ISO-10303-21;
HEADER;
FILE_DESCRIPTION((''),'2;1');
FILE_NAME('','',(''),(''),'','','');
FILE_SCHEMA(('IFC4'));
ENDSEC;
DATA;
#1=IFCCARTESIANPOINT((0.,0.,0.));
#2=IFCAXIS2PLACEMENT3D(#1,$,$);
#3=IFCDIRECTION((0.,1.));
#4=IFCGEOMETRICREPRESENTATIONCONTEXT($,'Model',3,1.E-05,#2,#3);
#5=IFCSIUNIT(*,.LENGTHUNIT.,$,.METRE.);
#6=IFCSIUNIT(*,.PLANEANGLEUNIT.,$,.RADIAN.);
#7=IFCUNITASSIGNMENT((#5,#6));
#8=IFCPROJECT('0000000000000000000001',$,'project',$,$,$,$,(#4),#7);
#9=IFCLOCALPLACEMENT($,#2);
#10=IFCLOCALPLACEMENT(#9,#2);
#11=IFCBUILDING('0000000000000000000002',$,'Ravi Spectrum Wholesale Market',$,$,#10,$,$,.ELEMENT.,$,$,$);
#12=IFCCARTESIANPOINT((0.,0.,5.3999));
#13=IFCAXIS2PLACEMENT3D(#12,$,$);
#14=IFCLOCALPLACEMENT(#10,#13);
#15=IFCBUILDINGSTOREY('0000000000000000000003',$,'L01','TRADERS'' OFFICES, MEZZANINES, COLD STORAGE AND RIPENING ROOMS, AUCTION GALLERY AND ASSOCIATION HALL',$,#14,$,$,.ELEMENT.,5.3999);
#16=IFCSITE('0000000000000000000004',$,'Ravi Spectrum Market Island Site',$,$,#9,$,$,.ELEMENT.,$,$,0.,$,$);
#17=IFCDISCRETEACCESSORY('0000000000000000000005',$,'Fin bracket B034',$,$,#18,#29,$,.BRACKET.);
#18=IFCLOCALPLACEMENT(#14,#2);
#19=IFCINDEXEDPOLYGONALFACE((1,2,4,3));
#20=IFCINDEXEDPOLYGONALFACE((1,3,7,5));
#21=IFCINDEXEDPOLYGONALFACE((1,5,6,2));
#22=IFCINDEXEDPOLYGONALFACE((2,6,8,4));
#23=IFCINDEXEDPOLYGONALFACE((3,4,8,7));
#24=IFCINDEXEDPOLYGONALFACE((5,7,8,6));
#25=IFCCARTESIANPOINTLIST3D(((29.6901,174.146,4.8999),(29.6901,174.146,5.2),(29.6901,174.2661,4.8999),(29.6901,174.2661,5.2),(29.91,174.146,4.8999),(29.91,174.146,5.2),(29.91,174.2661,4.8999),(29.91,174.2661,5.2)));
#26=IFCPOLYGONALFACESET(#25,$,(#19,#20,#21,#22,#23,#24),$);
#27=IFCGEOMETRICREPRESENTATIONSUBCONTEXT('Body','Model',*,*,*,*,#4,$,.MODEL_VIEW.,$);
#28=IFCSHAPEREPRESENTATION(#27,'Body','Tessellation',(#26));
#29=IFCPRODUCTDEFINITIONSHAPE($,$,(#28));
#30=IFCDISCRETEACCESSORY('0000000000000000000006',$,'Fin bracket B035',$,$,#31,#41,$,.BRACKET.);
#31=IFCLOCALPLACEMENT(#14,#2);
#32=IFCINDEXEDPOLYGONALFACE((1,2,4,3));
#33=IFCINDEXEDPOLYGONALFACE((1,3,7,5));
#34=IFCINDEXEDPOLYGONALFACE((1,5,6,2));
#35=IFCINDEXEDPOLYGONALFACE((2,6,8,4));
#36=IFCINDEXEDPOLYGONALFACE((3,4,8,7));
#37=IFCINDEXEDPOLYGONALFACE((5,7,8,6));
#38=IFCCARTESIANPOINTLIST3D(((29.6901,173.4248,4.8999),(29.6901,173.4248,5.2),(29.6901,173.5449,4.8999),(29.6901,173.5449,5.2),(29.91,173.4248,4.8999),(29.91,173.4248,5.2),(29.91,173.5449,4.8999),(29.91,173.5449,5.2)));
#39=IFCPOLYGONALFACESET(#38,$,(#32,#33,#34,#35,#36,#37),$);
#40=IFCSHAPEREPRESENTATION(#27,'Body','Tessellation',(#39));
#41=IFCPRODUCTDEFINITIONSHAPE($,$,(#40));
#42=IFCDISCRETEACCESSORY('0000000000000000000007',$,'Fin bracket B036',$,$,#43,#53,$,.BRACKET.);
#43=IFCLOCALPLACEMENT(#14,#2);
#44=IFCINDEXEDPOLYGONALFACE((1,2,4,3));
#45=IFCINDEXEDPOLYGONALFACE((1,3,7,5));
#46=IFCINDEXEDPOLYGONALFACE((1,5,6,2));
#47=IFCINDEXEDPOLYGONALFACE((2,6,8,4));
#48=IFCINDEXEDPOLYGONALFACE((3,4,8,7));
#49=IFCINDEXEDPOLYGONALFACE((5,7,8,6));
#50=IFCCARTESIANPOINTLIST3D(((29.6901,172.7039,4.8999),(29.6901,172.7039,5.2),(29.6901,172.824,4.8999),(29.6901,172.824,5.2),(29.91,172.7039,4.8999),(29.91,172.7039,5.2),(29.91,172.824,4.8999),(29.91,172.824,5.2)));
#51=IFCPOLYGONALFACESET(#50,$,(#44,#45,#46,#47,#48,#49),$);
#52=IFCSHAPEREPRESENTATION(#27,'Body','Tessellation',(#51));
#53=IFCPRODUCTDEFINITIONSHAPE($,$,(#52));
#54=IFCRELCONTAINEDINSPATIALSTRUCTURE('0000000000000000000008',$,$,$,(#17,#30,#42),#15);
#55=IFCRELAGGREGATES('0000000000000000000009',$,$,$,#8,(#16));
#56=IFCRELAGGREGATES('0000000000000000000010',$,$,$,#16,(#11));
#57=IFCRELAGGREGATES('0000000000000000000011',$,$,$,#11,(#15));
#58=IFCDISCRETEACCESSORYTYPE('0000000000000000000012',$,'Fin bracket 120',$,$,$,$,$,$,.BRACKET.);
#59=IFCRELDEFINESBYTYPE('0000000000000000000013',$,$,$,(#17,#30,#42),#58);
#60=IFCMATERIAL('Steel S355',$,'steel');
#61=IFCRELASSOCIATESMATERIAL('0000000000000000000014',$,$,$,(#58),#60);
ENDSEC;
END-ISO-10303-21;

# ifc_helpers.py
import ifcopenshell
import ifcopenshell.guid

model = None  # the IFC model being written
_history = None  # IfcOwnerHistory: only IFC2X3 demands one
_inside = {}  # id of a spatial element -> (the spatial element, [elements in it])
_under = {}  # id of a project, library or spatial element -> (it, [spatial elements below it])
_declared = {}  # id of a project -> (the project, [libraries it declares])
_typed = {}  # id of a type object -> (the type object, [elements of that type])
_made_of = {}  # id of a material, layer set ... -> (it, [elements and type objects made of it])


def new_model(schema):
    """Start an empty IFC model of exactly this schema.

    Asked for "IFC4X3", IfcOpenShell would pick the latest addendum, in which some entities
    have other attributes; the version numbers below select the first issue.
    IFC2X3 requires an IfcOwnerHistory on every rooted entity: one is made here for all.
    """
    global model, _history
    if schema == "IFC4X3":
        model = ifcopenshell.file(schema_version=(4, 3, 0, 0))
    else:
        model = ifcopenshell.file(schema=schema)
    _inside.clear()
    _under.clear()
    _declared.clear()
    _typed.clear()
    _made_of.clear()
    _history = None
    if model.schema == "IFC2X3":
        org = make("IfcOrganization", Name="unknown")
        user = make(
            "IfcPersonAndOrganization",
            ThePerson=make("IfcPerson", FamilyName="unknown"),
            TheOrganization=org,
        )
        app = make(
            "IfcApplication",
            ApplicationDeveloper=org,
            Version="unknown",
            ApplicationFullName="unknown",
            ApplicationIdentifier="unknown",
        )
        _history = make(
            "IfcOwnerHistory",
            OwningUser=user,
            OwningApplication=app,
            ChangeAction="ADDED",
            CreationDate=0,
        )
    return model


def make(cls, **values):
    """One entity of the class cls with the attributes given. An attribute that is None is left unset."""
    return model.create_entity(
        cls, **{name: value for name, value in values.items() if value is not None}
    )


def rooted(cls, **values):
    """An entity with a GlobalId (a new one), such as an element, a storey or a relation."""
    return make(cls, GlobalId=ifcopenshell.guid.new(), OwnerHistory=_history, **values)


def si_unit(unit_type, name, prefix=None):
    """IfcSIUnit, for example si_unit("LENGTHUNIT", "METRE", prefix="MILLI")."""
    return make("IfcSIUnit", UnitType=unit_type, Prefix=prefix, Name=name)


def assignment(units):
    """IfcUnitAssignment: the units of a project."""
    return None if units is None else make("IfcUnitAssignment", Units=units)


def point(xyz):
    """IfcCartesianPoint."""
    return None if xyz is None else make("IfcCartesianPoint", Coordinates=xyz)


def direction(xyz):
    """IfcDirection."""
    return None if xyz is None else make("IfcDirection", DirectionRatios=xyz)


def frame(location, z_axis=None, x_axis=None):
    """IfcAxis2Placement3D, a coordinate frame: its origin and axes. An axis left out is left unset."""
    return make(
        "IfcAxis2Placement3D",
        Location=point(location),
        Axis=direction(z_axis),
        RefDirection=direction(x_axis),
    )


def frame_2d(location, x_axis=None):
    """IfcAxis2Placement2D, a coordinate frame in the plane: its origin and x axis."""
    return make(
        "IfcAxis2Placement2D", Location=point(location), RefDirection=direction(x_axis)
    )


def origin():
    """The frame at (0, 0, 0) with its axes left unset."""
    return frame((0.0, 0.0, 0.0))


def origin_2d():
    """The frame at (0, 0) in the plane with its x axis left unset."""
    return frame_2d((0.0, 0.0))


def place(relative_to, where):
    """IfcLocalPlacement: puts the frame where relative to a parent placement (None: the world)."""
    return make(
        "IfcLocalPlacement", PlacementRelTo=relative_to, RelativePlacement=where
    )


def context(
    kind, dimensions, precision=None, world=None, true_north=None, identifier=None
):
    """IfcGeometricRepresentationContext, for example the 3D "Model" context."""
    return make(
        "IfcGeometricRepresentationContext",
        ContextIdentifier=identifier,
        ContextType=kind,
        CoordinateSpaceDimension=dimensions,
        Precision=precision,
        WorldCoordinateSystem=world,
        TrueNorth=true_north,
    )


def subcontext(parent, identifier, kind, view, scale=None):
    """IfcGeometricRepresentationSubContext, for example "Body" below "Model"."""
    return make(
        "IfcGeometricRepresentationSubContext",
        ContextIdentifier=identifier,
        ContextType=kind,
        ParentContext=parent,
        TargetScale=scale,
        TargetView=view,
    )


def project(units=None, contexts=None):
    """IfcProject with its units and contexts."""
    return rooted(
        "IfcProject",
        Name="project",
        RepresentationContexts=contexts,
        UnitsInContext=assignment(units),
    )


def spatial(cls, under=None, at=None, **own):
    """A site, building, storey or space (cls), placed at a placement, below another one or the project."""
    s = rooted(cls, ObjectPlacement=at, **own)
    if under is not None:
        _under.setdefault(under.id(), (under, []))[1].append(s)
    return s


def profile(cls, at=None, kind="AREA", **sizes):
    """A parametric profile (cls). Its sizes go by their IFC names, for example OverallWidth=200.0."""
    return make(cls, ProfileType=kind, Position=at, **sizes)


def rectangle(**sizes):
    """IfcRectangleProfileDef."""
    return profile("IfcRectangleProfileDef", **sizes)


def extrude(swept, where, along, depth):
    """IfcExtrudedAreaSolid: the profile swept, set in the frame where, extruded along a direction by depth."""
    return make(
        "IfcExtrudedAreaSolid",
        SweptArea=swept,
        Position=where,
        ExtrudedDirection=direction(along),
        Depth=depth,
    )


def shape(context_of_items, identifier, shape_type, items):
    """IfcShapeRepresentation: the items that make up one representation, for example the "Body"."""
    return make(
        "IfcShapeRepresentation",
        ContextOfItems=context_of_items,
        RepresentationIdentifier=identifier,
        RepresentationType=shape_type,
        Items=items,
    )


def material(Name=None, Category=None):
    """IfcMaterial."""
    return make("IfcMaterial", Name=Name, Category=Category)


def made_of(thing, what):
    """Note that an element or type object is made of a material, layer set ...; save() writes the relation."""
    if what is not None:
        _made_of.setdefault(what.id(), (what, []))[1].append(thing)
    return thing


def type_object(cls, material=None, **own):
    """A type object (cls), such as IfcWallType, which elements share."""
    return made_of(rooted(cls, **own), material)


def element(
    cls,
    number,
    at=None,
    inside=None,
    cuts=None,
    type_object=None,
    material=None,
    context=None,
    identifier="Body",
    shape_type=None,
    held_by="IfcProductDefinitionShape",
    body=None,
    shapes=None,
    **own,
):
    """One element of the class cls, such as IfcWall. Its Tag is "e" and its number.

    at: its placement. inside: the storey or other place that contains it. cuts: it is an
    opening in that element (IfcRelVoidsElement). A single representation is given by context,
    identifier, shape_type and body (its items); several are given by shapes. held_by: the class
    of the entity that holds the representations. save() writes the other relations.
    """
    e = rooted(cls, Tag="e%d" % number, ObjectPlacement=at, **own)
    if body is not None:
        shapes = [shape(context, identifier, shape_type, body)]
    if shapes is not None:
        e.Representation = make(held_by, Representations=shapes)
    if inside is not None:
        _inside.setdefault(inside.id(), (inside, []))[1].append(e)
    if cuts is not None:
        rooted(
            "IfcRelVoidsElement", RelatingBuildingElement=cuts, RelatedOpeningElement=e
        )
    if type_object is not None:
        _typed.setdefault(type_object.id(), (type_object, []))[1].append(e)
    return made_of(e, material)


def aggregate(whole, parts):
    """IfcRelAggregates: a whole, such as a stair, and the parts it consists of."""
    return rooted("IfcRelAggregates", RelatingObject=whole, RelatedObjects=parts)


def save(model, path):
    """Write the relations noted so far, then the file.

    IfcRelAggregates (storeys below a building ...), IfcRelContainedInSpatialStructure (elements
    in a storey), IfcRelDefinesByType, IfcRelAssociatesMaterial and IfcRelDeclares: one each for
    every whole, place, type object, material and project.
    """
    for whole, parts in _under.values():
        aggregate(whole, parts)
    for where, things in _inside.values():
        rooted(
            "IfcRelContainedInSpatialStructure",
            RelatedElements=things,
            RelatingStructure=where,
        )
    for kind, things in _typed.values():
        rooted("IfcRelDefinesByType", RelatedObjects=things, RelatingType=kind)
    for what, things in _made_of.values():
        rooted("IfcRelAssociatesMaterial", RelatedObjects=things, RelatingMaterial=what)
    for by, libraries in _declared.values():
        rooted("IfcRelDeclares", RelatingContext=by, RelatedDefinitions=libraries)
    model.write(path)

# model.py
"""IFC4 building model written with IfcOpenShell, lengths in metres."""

from ifc_helpers import new_model, si_unit, direction, frame, origin, origin_2d, place, context, subcontext, project, spatial, rectangle, extrude, material, type_object, element, save


model = new_model("IFC4")

# Units and contexts
model_context = context("Model", 3, precision=1e-05, world=origin(), true_north=direction((0.0, 1.0)))
body_context = subcontext(model_context, "Body", "Model", "MODEL_VIEW")
ifc_project = project(units=[si_unit("LENGTHUNIT", "METRE"), si_unit("PLANEANGLEUNIT", "RADIAN")], contexts=[model_context])

# Site, building, storey
site_placement = place(None, origin())
site = spatial("IfcSite", under=ifc_project, at=site_placement, Name="Ravi Spectrum Market Island Site", CompositionType="ELEMENT", RefElevation=0.0)
building_placement = place(site_placement, origin())
building = spatial("IfcBuilding", under=site, at=building_placement, Name="Ravi Spectrum Wholesale Market", CompositionType="ELEMENT")
storey_placement = place(building_placement, frame((0.0, 0.0, 5.3999)))
storey = spatial("IfcBuildingStorey", under=building, at=storey_placement, Name="L01", Description="TRADERS' OFFICES, MEZZANINES, COLD STORAGE AND RIPENING ROOMS, AUCTION GALLERY AND ASSOCIATION HALL", CompositionType="ELEMENT", Elevation=5.3999)

# Discrete accessories
ifc_material_1 = material(Name="Steel S355", Category="steel")
discrete_accessory_type = type_object("IfcDiscreteAccessoryType", Name="Fin bracket 120", PredefinedType="BRACKET", material=ifc_material_1)
for number, where, z_axis, x_axis, name in (
    (1, (29.8, 174.2061, 4.8999), (0.0, 0.0, 1.0), (0.0, -1.0, 0.0), "Fin bracket B034"),
    (2, (29.8, 173.4849, 4.8999), (0.0, 0.0, 1.0), (0.0, -1.0, 0.0), "Fin bracket B035"),
    (3, (29.8, 172.7639, 4.8999), (0.0, 0.0, 1.0), (0.0, -1.0, 0.0), "Fin bracket B036"),
):
    element("IfcDiscreteAccessory", number, at=place(storey_placement, frame(where, z_axis=z_axis, x_axis=x_axis)), inside=storey, type_object=discrete_accessory_type, Name=name, PredefinedType="BRACKET", context=body_context, shape_type="SweptSolid", body=[
        extrude(rectangle(XDim=0.1201, YDim=0.22, at=origin_2d()), origin(), (0.0, 0.0, 1.0), 0.3),
    ])

save(model, "model.ifc")
